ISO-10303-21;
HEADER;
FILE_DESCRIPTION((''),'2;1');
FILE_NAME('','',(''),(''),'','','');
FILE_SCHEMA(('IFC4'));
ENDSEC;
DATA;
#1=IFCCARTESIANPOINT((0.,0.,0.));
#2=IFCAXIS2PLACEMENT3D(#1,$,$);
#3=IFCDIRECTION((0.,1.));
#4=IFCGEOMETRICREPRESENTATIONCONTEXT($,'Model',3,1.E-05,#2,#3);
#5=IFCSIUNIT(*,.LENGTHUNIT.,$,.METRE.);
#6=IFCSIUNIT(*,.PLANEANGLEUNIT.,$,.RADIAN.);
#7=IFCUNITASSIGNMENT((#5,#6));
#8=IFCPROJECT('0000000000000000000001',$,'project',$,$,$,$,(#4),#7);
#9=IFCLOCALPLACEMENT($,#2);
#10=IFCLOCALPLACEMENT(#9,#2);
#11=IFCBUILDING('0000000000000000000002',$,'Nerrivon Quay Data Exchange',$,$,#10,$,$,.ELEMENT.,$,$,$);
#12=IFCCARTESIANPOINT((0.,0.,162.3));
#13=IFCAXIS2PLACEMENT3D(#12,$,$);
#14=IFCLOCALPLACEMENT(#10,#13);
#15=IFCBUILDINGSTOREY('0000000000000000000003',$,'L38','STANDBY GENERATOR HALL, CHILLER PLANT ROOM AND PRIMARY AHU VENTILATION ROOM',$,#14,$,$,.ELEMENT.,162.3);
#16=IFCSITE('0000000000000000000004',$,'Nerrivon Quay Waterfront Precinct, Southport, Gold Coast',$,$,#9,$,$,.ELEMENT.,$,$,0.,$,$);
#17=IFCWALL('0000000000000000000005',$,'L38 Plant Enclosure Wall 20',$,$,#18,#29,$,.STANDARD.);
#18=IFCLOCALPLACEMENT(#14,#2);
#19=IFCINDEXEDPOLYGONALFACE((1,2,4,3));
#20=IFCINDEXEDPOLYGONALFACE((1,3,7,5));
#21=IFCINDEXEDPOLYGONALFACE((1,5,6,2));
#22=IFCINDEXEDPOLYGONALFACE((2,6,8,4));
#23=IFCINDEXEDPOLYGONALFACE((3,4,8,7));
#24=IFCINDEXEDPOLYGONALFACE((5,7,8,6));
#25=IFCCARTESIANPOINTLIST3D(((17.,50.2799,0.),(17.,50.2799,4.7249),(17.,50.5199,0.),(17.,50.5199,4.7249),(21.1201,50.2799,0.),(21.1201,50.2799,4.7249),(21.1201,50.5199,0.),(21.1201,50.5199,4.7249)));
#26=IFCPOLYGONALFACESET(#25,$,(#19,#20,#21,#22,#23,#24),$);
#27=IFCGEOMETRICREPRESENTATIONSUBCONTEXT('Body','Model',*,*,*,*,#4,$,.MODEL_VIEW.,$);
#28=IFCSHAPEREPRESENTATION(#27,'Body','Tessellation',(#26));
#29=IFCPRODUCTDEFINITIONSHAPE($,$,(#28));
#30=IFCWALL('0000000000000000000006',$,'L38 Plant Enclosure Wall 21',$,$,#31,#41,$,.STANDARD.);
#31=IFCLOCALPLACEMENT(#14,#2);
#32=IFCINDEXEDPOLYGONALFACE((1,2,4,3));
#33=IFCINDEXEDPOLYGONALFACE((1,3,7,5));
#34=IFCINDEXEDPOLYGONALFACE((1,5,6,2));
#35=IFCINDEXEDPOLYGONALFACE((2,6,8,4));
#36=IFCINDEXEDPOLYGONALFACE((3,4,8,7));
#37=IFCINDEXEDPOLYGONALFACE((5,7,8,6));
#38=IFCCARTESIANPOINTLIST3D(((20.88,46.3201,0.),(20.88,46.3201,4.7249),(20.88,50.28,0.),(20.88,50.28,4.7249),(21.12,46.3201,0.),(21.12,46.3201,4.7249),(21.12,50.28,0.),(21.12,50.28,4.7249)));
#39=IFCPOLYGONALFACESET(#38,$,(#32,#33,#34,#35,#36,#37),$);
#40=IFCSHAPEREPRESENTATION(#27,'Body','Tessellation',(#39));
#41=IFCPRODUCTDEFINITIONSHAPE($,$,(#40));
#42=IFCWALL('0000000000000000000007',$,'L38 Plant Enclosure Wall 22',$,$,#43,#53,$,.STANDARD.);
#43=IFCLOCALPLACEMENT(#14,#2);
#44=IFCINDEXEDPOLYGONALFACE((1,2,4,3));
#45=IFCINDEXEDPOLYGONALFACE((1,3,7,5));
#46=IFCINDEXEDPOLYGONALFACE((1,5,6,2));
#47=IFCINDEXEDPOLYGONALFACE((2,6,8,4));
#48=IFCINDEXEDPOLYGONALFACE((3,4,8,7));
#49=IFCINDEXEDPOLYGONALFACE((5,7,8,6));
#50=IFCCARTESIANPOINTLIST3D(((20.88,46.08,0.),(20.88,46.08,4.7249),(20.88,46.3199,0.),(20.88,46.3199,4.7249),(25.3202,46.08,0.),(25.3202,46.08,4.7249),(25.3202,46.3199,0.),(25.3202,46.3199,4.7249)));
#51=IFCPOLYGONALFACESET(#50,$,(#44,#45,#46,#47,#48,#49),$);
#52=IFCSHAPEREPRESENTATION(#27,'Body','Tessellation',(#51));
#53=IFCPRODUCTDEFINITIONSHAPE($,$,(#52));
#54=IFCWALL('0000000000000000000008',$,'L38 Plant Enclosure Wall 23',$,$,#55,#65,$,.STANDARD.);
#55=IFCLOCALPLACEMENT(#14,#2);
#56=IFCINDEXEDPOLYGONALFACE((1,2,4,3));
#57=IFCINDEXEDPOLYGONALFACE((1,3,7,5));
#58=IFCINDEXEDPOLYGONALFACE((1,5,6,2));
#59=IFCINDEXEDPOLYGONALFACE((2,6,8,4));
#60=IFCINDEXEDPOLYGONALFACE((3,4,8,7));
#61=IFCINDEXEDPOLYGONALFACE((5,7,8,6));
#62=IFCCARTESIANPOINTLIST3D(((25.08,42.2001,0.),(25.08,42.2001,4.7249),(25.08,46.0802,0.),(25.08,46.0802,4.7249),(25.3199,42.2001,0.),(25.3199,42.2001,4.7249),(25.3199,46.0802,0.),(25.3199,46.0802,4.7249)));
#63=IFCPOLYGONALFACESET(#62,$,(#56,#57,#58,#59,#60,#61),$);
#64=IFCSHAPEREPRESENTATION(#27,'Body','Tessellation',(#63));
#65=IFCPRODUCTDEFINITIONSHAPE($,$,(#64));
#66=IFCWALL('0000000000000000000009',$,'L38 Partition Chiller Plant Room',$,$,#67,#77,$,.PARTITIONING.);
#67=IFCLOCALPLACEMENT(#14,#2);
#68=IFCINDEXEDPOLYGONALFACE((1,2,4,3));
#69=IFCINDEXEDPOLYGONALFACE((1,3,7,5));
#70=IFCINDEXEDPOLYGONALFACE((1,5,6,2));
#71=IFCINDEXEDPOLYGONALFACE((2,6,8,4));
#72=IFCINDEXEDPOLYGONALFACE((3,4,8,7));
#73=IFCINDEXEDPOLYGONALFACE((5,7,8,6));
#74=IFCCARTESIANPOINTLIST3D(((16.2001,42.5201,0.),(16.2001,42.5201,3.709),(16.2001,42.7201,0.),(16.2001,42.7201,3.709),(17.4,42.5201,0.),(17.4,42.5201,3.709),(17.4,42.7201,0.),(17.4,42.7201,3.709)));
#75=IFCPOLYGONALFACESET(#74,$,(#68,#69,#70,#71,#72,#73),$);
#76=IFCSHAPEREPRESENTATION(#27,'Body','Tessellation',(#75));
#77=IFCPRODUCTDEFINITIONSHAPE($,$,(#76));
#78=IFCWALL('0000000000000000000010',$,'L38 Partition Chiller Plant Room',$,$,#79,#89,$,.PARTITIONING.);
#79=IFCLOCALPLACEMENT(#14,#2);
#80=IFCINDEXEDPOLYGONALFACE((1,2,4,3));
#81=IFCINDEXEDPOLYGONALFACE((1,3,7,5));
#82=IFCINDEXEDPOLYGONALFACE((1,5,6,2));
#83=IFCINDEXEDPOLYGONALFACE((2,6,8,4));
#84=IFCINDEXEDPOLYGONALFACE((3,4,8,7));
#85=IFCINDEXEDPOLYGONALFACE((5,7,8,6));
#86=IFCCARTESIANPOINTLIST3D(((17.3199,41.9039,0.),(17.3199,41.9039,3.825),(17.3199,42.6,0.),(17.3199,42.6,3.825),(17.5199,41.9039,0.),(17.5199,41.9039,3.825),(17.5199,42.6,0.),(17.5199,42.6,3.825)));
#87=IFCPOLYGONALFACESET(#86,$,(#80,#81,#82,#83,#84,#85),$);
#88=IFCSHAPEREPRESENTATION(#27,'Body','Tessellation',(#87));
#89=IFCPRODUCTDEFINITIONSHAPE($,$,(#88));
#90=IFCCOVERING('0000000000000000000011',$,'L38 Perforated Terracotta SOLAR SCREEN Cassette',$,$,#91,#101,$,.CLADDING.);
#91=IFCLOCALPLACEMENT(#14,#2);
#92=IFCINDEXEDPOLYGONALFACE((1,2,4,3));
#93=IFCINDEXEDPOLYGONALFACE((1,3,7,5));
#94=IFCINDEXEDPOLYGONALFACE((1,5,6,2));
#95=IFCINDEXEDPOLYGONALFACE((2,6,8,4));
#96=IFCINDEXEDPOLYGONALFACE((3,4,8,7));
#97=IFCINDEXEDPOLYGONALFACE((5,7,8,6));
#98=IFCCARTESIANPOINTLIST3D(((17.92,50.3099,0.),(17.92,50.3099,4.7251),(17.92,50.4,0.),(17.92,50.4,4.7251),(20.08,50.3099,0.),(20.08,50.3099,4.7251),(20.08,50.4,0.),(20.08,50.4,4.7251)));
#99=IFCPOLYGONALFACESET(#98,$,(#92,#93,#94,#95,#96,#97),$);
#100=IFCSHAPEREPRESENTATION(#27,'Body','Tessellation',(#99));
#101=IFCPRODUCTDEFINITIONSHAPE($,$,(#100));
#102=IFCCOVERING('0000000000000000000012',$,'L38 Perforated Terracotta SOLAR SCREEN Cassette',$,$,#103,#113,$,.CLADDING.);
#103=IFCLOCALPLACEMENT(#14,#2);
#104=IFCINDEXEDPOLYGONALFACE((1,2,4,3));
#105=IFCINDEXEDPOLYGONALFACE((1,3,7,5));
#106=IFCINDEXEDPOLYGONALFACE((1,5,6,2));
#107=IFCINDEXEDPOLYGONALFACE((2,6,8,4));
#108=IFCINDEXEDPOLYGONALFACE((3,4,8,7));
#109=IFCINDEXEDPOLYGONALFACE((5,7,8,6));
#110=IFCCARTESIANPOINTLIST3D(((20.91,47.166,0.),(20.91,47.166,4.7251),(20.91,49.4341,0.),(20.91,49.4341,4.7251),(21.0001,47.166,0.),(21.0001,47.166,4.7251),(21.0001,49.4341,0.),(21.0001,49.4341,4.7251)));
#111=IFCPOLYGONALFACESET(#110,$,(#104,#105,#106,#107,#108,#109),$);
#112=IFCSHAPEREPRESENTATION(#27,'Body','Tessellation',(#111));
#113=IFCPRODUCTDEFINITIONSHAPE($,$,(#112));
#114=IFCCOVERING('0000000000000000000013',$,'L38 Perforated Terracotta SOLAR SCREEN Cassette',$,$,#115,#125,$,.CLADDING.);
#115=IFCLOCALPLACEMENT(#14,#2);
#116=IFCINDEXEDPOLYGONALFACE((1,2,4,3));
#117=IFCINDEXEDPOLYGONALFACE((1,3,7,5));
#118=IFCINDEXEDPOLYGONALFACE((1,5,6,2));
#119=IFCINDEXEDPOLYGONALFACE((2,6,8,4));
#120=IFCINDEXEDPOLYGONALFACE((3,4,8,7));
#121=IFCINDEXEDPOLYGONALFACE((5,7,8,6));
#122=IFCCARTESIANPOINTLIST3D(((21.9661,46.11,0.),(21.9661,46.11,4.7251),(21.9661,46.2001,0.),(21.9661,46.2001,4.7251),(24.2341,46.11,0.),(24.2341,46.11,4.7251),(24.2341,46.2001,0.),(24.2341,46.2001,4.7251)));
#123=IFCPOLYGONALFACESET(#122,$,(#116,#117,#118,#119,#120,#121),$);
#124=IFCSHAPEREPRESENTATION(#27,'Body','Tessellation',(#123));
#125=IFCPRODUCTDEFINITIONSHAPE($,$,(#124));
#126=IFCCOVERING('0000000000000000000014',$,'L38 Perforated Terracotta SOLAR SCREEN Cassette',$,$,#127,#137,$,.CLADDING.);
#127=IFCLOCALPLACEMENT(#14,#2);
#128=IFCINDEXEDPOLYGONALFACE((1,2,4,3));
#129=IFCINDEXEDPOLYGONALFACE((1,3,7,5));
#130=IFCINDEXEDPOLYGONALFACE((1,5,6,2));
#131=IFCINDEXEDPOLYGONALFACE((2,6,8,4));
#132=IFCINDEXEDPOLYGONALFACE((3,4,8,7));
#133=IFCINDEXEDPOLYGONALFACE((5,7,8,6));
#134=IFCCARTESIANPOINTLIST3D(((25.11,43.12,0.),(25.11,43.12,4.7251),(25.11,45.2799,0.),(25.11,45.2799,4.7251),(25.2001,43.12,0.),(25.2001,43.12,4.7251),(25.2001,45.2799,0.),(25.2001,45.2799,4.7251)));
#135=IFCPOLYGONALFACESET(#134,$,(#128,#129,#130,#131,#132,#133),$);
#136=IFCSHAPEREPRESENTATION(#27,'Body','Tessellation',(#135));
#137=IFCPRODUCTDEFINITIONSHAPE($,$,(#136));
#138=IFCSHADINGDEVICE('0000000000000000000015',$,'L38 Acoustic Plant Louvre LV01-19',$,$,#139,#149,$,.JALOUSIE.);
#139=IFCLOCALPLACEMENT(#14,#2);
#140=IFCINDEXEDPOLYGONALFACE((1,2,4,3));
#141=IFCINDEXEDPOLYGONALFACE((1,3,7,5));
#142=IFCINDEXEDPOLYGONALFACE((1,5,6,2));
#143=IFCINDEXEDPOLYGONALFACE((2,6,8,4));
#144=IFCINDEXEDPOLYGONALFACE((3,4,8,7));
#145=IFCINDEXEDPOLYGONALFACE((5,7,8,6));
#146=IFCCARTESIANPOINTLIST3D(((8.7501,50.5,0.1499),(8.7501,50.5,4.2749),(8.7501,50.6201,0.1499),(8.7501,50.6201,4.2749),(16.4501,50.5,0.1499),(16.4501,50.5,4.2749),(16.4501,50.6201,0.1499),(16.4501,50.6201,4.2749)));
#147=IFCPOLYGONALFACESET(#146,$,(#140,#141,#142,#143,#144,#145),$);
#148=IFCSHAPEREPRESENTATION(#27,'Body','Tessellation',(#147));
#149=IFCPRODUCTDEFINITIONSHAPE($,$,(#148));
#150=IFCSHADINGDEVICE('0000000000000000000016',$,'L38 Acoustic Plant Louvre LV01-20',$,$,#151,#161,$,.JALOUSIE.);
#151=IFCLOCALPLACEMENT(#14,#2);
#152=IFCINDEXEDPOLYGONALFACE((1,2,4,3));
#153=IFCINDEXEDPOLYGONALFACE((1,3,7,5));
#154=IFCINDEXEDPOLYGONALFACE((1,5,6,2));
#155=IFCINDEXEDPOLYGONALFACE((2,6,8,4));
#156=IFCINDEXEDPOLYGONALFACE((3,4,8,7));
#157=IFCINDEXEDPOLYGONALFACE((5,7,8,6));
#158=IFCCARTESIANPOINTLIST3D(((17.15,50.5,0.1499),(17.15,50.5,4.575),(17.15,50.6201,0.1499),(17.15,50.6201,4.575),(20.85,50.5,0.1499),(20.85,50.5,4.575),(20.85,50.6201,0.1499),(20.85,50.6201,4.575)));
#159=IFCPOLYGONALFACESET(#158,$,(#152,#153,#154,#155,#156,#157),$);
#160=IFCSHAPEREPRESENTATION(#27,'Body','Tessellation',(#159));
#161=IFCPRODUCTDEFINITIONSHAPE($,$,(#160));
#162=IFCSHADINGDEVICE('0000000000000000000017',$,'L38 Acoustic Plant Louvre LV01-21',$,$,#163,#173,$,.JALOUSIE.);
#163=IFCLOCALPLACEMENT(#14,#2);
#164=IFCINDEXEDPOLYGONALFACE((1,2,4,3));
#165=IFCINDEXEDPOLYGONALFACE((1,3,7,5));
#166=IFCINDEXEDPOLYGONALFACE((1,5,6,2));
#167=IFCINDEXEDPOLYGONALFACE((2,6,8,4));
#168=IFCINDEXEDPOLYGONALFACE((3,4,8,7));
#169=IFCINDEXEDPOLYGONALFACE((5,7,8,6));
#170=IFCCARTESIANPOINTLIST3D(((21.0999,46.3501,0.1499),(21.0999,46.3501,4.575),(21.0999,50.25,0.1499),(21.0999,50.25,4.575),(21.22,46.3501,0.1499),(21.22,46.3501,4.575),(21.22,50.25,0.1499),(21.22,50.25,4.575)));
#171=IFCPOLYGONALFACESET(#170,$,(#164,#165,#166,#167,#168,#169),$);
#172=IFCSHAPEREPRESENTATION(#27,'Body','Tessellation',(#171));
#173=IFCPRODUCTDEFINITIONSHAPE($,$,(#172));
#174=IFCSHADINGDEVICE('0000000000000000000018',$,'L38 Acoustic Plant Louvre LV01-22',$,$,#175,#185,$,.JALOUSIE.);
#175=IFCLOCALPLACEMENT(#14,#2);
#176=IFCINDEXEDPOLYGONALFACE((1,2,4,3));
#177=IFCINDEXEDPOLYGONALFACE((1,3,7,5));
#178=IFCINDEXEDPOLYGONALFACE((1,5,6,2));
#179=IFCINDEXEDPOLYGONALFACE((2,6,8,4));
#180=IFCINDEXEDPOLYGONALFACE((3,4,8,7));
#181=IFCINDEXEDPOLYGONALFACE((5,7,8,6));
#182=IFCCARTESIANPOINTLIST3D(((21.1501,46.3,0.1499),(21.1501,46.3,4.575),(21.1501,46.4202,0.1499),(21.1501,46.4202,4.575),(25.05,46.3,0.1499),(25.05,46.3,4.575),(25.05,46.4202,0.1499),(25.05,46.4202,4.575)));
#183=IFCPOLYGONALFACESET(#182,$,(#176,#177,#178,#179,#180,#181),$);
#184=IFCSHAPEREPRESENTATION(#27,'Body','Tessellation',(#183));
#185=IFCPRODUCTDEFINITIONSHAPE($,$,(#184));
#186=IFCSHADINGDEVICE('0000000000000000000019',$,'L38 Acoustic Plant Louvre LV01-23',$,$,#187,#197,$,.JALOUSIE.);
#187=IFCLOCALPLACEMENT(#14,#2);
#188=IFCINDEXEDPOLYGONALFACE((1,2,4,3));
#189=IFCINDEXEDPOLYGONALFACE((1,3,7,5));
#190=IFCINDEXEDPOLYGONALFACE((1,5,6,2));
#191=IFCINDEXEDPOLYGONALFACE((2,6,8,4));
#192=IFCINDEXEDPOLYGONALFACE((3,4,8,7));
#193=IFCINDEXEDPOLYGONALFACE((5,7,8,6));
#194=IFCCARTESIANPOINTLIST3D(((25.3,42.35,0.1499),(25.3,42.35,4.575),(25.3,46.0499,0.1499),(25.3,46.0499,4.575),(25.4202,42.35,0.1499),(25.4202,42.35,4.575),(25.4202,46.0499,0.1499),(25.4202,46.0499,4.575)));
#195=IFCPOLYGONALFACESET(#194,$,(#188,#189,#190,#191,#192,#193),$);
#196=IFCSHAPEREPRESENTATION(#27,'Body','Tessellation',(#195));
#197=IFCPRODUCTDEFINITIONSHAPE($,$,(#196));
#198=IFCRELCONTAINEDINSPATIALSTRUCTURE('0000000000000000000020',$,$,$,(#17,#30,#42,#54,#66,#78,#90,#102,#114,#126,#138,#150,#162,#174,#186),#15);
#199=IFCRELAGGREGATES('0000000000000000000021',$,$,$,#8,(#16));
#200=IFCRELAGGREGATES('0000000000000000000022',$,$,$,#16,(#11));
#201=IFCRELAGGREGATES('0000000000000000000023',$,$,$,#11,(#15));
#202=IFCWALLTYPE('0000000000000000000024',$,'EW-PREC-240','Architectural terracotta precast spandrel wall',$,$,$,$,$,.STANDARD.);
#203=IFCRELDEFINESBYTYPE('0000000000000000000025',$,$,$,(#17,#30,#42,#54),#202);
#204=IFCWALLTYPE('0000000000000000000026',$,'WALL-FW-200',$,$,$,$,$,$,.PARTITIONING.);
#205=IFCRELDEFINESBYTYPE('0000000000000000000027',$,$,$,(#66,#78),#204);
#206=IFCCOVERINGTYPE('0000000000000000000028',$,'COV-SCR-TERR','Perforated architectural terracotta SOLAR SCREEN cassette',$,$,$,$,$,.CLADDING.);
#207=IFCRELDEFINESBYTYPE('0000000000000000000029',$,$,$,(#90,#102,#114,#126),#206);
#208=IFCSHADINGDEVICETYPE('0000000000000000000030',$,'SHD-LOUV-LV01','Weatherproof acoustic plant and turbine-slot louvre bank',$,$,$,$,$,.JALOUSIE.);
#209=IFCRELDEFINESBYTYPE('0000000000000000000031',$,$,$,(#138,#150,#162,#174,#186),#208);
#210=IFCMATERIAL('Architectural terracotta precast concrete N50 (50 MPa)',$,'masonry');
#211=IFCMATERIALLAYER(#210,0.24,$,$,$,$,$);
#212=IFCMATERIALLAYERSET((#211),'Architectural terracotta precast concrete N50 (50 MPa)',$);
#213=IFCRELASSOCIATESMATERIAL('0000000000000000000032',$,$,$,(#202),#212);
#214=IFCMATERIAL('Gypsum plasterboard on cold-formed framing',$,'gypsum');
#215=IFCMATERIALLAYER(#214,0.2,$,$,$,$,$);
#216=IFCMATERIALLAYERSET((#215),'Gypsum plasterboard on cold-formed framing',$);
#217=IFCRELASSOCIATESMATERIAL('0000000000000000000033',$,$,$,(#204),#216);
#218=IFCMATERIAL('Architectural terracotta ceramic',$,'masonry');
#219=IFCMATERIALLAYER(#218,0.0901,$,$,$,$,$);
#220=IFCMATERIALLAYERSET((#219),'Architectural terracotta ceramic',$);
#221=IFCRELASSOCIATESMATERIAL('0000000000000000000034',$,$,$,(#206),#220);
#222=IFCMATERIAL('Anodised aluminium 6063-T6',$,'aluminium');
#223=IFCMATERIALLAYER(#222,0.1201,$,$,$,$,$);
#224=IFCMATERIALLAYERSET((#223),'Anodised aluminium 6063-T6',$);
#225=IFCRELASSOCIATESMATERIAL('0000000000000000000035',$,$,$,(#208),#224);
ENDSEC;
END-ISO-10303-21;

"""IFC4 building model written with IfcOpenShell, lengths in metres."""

from ifc_helpers import new_model, si_unit, direction, frame, frame_2d, origin, origin_2d, place, context, subcontext, project, spatial, rectangle, extrude, material, layer, layer_set, type_object, element, save


model = new_model("IFC4")

# Units and contexts
model_context = context("Model", 3, precision=1e-05, world=origin(), true_north=direction((0.0, 1.0)))
body_context = subcontext(model_context, "Body", "Model", "MODEL_VIEW")
ifc_project = project(units=[si_unit("LENGTHUNIT", "METRE"), si_unit("PLANEANGLEUNIT", "RADIAN")], contexts=[model_context])

# Site, building, storey
site_placement = place(None, origin())
site = spatial("IfcSite", under=ifc_project, at=site_placement, Name="Nerrivon Quay Waterfront Precinct, Southport, Gold Coast", CompositionType="ELEMENT", RefElevation=0.0)
building_placement = place(site_placement, origin())
building = spatial("IfcBuilding", under=site, at=building_placement, Name="Nerrivon Quay Data Exchange", CompositionType="ELEMENT")
storey_placement = place(building_placement, frame((0.0, 0.0, 162.3)))
storey = spatial("IfcBuildingStorey", under=building, at=storey_placement, Name="L38", Description="STANDBY GENERATOR HALL, CHILLER PLANT ROOM AND PRIMARY AHU VENTILATION ROOM", CompositionType="ELEMENT", Elevation=162.3)

# Walls
ifc_material_1 = material(Name="Architectural terracotta precast concrete N50 (50 MPa)", Category="masonry")
ifc_layer_1 = layer(ifc_material_1, 0.24)
ifc_layer_set_1 = layer_set([ifc_layer_1], Name="Architectural terracotta precast concrete N50 (50 MPa)")
wall_type_1 = type_object("IfcWallType", Name="EW-PREC-240", Description="Architectural terracotta precast spandrel wall", PredefinedType="STANDARD", material=ifc_layer_set_1)
wall_1_placement = place(storey_placement, frame((17.0, 50.3999, 0.0), z_axis=(0.0, 0.0, 1.0), x_axis=(1.0, 0.0, 0.0)))
element("IfcWall", 1, at=wall_1_placement, inside=storey, type_object=wall_type_1, Name="L38 Plant Enclosure Wall 20", PredefinedType="STANDARD", context=body_context, shape_type="SweptSolid", body=[
    extrude(rectangle(XDim=4.1201, YDim=0.24, at=frame_2d((2.0601, 0.0))), origin(), (0.0, 0.0, 1.0), 4.7249),
])
wall_2_placement = place(storey_placement, frame((21.0, 50.28, 0.0), z_axis=(0.0, 0.0, 1.0), x_axis=(0.0, -1.0, 0.0)))
element("IfcWall", 2, at=wall_2_placement, inside=storey, type_object=wall_type_1, Name="L38 Plant Enclosure Wall 21", PredefinedType="STANDARD", context=body_context, shape_type="SweptSolid", body=[
    extrude(rectangle(XDim=3.96, YDim=0.24, at=frame_2d((1.98, 0.0))), origin(), (0.0, 0.0, 1.0), 4.7249),
])
wall_3_placement = place(storey_placement, frame((20.8799, 46.2, 0.0), z_axis=(0.0, 0.0, 1.0), x_axis=(1.0, 0.0, 0.0)))
element("IfcWall", 3, at=wall_3_placement, inside=storey, type_object=wall_type_1, Name="L38 Plant Enclosure Wall 22", PredefinedType="STANDARD", context=body_context, shape_type="SweptSolid", body=[
    extrude(rectangle(XDim=4.4402, YDim=0.24, at=frame_2d((2.2202, 0.0))), origin(), (0.0, 0.0, 1.0), 4.7249),
])
wall_4_placement = place(storey_placement, frame((25.2, 46.0801, 0.0), z_axis=(0.0, 0.0, 1.0), x_axis=(0.0, -1.0, 0.0)))
element("IfcWall", 4, at=wall_4_placement, inside=storey, type_object=wall_type_1, Name="L38 Plant Enclosure Wall 23", PredefinedType="STANDARD", context=body_context, shape_type="SweptSolid", body=[
    extrude(rectangle(XDim=3.8801, YDim=0.24, at=frame_2d((1.9399, 0.0))), origin(), (0.0, 0.0, 1.0), 4.7249),
])
ifc_material_2 = material(Name="Gypsum plasterboard on cold-formed framing", Category="gypsum")
ifc_layer_2 = layer(ifc_material_2, 0.2)
ifc_layer_set_2 = layer_set([ifc_layer_2], Name="Gypsum plasterboard on cold-formed framing")
wall_type_2 = type_object("IfcWallType", Name="WALL-FW-200", PredefinedType="PARTITIONING", material=ifc_layer_set_2)
wall_5_placement = place(storey_placement, frame((16.2, 42.6201, 0.0), z_axis=(0.0, 0.0, 1.0), x_axis=(1.0, 0.0, 0.0)))
element("IfcWall", 5, at=wall_5_placement, inside=storey, type_object=wall_type_2, Name="L38 Partition Chiller Plant Room", PredefinedType="PARTITIONING", context=body_context, shape_type="SweptSolid", body=[
    extrude(rectangle(XDim=1.2, YDim=0.2, at=frame_2d((0.6001, 0.0))), origin(), (0.0, 0.0, 1.0), 3.709),
])
wall_6_placement = place(storey_placement, frame((17.4199, 42.6001, 0.0), z_axis=(0.0, 0.0, 1.0), x_axis=(0.0, -1.0, 0.0)))
element("IfcWall", 6, at=wall_6_placement, inside=storey, type_object=wall_type_2, Name="L38 Partition Chiller Plant Room", PredefinedType="PARTITIONING", context=body_context, shape_type="SweptSolid", body=[
    extrude(rectangle(XDim=0.696, YDim=0.2, at=frame_2d((0.3481, 0.0))), origin(), (0.0, 0.0, 1.0), 3.825),
])

# Coverings
ifc_material_3 = material(Name="Architectural terracotta ceramic", Category="masonry")
ifc_layer_3 = layer(ifc_material_3, 0.0901)
ifc_layer_set_3 = layer_set([ifc_layer_3], Name="Architectural terracotta ceramic")
covering_type = type_object("IfcCoveringType", Name="COV-SCR-TERR", Description="Perforated architectural terracotta SOLAR SCREEN cassette", PredefinedType="CLADDING", material=ifc_layer_set_3)
covering_1_placement = place(storey_placement, frame((19.0, 50.355, 0.0), z_axis=(0.0, 0.0, 1.0), x_axis=(1.0, 0.0, 0.0)))
element("IfcCovering", 7, at=covering_1_placement, inside=storey, type_object=covering_type, Name="L38 Perforated Terracotta SOLAR SCREEN Cassette", PredefinedType="CLADDING", context=body_context, shape_type="SweptSolid", body=[
    extrude(rectangle(XDim=2.1599, YDim=0.0901, at=origin_2d()), origin(), (0.0, 0.0, 1.0), 4.7251),
])
for number, where, z_axis, x_axis, name in (
    (8, (20.9551, 48.3, 0.0), (0.0, 0.0, 1.0), (0.0, -1.0, 0.0), "L38 Perforated Terracotta SOLAR SCREEN Cassette"),
    (9, (23.1001, 46.155, 0.0), (0.0, 0.0, 1.0), (1.0, 0.0, 0.0), "L38 Perforated Terracotta SOLAR SCREEN Cassette"),
):
    element("IfcCovering", number, at=place(storey_placement, frame(where, z_axis=z_axis, x_axis=x_axis)), inside=storey, type_object=covering_type, Name=name, PredefinedType="CLADDING", context=body_context, shape_type="SweptSolid", body=[
        extrude(rectangle(XDim=2.2681, YDim=0.0901, at=origin_2d()), origin(), (0.0, 0.0, 1.0), 4.7251),
    ])
covering_2_placement = place(storey_placement, frame((25.155, 44.2, 0.0), z_axis=(0.0, 0.0, 1.0), x_axis=(0.0, -1.0, 0.0)))
element("IfcCovering", 10, at=covering_2_placement, inside=storey, type_object=covering_type, Name="L38 Perforated Terracotta SOLAR SCREEN Cassette", PredefinedType="CLADDING", context=body_context, shape_type="SweptSolid", body=[
    extrude(rectangle(XDim=2.1599, YDim=0.0901, at=origin_2d()), origin(), (0.0, 0.0, 1.0), 4.7251),
])

# Shading devices
ifc_material_4 = material(Name="Anodised aluminium 6063-T6", Category="aluminium")
ifc_layer_4 = layer(ifc_material_4, 0.1201)
ifc_layer_set_4 = layer_set([ifc_layer_4], Name="Anodised aluminium 6063-T6")
shading_device_type = type_object("IfcShadingDeviceType", Name="SHD-LOUV-LV01", Description="Weatherproof acoustic plant and turbine-slot louvre bank", PredefinedType="JALOUSIE", material=ifc_layer_set_4)
shading_device_1_placement = place(storey_placement, frame((12.6001, 50.5601, 0.1499), z_axis=(0.0, 0.0, 1.0), x_axis=(1.0, 0.0, 0.0)))
element("IfcShadingDevice", 11, at=shading_device_1_placement, inside=storey, type_object=shading_device_type, Name="L38 Acoustic Plant Louvre LV01-19", PredefinedType="JALOUSIE", context=body_context, shape_type="SweptSolid", body=[
    extrude(rectangle(XDim=7.7, YDim=0.1201, at=origin_2d()), origin(), (0.0, 0.0, 1.0), 4.125),
])
shading_device_2_placement = place(storey_placement, frame((19.0, 50.5601, 0.1499), z_axis=(0.0, 0.0, 1.0), x_axis=(1.0, 0.0, 0.0)))
element("IfcShadingDevice", 12, at=shading_device_2_placement, inside=storey, type_object=shading_device_type, Name="L38 Acoustic Plant Louvre LV01-20", PredefinedType="JALOUSIE", context=body_context, shape_type="SweptSolid", body=[
    extrude(rectangle(XDim=3.7, YDim=0.1201, at=origin_2d()), origin(), (0.0, 0.0, 1.0), 4.425),
])
for number, where, z_axis, x_axis, name in (
    (13, (21.1599, 48.3, 0.1499), (0.0, 0.0, 1.0), (0.0, -1.0, 0.0), "L38 Acoustic Plant Louvre LV01-21"),
    (14, (23.1001, 46.3601, 0.1499), (0.0, 0.0, 1.0), (1.0, 0.0, 0.0), "L38 Acoustic Plant Louvre LV01-22"),
):
    element("IfcShadingDevice", number, at=place(storey_placement, frame(where, z_axis=z_axis, x_axis=x_axis)), inside=storey, type_object=shading_device_type, Name=name, PredefinedType="JALOUSIE", context=body_context, shape_type="SweptSolid", body=[
        extrude(rectangle(XDim=3.8999, YDim=0.1201, at=origin_2d()), origin(), (0.0, 0.0, 1.0), 4.425),
    ])
shading_device_3_placement = place(storey_placement, frame((25.3601, 44.2, 0.1499), z_axis=(0.0, 0.0, 1.0), x_axis=(0.0, -1.0, 0.0)))
element("IfcShadingDevice", 15, at=shading_device_3_placement, inside=storey, type_object=shading_device_type, Name="L38 Acoustic Plant Louvre LV01-23", PredefinedType="JALOUSIE", context=body_context, shape_type="SweptSolid", body=[
    extrude(rectangle(XDim=3.7, YDim=0.1201, at=origin_2d()), origin(), (0.0, 0.0, 1.0), 4.425),
])

save(model, "model.ifc")
